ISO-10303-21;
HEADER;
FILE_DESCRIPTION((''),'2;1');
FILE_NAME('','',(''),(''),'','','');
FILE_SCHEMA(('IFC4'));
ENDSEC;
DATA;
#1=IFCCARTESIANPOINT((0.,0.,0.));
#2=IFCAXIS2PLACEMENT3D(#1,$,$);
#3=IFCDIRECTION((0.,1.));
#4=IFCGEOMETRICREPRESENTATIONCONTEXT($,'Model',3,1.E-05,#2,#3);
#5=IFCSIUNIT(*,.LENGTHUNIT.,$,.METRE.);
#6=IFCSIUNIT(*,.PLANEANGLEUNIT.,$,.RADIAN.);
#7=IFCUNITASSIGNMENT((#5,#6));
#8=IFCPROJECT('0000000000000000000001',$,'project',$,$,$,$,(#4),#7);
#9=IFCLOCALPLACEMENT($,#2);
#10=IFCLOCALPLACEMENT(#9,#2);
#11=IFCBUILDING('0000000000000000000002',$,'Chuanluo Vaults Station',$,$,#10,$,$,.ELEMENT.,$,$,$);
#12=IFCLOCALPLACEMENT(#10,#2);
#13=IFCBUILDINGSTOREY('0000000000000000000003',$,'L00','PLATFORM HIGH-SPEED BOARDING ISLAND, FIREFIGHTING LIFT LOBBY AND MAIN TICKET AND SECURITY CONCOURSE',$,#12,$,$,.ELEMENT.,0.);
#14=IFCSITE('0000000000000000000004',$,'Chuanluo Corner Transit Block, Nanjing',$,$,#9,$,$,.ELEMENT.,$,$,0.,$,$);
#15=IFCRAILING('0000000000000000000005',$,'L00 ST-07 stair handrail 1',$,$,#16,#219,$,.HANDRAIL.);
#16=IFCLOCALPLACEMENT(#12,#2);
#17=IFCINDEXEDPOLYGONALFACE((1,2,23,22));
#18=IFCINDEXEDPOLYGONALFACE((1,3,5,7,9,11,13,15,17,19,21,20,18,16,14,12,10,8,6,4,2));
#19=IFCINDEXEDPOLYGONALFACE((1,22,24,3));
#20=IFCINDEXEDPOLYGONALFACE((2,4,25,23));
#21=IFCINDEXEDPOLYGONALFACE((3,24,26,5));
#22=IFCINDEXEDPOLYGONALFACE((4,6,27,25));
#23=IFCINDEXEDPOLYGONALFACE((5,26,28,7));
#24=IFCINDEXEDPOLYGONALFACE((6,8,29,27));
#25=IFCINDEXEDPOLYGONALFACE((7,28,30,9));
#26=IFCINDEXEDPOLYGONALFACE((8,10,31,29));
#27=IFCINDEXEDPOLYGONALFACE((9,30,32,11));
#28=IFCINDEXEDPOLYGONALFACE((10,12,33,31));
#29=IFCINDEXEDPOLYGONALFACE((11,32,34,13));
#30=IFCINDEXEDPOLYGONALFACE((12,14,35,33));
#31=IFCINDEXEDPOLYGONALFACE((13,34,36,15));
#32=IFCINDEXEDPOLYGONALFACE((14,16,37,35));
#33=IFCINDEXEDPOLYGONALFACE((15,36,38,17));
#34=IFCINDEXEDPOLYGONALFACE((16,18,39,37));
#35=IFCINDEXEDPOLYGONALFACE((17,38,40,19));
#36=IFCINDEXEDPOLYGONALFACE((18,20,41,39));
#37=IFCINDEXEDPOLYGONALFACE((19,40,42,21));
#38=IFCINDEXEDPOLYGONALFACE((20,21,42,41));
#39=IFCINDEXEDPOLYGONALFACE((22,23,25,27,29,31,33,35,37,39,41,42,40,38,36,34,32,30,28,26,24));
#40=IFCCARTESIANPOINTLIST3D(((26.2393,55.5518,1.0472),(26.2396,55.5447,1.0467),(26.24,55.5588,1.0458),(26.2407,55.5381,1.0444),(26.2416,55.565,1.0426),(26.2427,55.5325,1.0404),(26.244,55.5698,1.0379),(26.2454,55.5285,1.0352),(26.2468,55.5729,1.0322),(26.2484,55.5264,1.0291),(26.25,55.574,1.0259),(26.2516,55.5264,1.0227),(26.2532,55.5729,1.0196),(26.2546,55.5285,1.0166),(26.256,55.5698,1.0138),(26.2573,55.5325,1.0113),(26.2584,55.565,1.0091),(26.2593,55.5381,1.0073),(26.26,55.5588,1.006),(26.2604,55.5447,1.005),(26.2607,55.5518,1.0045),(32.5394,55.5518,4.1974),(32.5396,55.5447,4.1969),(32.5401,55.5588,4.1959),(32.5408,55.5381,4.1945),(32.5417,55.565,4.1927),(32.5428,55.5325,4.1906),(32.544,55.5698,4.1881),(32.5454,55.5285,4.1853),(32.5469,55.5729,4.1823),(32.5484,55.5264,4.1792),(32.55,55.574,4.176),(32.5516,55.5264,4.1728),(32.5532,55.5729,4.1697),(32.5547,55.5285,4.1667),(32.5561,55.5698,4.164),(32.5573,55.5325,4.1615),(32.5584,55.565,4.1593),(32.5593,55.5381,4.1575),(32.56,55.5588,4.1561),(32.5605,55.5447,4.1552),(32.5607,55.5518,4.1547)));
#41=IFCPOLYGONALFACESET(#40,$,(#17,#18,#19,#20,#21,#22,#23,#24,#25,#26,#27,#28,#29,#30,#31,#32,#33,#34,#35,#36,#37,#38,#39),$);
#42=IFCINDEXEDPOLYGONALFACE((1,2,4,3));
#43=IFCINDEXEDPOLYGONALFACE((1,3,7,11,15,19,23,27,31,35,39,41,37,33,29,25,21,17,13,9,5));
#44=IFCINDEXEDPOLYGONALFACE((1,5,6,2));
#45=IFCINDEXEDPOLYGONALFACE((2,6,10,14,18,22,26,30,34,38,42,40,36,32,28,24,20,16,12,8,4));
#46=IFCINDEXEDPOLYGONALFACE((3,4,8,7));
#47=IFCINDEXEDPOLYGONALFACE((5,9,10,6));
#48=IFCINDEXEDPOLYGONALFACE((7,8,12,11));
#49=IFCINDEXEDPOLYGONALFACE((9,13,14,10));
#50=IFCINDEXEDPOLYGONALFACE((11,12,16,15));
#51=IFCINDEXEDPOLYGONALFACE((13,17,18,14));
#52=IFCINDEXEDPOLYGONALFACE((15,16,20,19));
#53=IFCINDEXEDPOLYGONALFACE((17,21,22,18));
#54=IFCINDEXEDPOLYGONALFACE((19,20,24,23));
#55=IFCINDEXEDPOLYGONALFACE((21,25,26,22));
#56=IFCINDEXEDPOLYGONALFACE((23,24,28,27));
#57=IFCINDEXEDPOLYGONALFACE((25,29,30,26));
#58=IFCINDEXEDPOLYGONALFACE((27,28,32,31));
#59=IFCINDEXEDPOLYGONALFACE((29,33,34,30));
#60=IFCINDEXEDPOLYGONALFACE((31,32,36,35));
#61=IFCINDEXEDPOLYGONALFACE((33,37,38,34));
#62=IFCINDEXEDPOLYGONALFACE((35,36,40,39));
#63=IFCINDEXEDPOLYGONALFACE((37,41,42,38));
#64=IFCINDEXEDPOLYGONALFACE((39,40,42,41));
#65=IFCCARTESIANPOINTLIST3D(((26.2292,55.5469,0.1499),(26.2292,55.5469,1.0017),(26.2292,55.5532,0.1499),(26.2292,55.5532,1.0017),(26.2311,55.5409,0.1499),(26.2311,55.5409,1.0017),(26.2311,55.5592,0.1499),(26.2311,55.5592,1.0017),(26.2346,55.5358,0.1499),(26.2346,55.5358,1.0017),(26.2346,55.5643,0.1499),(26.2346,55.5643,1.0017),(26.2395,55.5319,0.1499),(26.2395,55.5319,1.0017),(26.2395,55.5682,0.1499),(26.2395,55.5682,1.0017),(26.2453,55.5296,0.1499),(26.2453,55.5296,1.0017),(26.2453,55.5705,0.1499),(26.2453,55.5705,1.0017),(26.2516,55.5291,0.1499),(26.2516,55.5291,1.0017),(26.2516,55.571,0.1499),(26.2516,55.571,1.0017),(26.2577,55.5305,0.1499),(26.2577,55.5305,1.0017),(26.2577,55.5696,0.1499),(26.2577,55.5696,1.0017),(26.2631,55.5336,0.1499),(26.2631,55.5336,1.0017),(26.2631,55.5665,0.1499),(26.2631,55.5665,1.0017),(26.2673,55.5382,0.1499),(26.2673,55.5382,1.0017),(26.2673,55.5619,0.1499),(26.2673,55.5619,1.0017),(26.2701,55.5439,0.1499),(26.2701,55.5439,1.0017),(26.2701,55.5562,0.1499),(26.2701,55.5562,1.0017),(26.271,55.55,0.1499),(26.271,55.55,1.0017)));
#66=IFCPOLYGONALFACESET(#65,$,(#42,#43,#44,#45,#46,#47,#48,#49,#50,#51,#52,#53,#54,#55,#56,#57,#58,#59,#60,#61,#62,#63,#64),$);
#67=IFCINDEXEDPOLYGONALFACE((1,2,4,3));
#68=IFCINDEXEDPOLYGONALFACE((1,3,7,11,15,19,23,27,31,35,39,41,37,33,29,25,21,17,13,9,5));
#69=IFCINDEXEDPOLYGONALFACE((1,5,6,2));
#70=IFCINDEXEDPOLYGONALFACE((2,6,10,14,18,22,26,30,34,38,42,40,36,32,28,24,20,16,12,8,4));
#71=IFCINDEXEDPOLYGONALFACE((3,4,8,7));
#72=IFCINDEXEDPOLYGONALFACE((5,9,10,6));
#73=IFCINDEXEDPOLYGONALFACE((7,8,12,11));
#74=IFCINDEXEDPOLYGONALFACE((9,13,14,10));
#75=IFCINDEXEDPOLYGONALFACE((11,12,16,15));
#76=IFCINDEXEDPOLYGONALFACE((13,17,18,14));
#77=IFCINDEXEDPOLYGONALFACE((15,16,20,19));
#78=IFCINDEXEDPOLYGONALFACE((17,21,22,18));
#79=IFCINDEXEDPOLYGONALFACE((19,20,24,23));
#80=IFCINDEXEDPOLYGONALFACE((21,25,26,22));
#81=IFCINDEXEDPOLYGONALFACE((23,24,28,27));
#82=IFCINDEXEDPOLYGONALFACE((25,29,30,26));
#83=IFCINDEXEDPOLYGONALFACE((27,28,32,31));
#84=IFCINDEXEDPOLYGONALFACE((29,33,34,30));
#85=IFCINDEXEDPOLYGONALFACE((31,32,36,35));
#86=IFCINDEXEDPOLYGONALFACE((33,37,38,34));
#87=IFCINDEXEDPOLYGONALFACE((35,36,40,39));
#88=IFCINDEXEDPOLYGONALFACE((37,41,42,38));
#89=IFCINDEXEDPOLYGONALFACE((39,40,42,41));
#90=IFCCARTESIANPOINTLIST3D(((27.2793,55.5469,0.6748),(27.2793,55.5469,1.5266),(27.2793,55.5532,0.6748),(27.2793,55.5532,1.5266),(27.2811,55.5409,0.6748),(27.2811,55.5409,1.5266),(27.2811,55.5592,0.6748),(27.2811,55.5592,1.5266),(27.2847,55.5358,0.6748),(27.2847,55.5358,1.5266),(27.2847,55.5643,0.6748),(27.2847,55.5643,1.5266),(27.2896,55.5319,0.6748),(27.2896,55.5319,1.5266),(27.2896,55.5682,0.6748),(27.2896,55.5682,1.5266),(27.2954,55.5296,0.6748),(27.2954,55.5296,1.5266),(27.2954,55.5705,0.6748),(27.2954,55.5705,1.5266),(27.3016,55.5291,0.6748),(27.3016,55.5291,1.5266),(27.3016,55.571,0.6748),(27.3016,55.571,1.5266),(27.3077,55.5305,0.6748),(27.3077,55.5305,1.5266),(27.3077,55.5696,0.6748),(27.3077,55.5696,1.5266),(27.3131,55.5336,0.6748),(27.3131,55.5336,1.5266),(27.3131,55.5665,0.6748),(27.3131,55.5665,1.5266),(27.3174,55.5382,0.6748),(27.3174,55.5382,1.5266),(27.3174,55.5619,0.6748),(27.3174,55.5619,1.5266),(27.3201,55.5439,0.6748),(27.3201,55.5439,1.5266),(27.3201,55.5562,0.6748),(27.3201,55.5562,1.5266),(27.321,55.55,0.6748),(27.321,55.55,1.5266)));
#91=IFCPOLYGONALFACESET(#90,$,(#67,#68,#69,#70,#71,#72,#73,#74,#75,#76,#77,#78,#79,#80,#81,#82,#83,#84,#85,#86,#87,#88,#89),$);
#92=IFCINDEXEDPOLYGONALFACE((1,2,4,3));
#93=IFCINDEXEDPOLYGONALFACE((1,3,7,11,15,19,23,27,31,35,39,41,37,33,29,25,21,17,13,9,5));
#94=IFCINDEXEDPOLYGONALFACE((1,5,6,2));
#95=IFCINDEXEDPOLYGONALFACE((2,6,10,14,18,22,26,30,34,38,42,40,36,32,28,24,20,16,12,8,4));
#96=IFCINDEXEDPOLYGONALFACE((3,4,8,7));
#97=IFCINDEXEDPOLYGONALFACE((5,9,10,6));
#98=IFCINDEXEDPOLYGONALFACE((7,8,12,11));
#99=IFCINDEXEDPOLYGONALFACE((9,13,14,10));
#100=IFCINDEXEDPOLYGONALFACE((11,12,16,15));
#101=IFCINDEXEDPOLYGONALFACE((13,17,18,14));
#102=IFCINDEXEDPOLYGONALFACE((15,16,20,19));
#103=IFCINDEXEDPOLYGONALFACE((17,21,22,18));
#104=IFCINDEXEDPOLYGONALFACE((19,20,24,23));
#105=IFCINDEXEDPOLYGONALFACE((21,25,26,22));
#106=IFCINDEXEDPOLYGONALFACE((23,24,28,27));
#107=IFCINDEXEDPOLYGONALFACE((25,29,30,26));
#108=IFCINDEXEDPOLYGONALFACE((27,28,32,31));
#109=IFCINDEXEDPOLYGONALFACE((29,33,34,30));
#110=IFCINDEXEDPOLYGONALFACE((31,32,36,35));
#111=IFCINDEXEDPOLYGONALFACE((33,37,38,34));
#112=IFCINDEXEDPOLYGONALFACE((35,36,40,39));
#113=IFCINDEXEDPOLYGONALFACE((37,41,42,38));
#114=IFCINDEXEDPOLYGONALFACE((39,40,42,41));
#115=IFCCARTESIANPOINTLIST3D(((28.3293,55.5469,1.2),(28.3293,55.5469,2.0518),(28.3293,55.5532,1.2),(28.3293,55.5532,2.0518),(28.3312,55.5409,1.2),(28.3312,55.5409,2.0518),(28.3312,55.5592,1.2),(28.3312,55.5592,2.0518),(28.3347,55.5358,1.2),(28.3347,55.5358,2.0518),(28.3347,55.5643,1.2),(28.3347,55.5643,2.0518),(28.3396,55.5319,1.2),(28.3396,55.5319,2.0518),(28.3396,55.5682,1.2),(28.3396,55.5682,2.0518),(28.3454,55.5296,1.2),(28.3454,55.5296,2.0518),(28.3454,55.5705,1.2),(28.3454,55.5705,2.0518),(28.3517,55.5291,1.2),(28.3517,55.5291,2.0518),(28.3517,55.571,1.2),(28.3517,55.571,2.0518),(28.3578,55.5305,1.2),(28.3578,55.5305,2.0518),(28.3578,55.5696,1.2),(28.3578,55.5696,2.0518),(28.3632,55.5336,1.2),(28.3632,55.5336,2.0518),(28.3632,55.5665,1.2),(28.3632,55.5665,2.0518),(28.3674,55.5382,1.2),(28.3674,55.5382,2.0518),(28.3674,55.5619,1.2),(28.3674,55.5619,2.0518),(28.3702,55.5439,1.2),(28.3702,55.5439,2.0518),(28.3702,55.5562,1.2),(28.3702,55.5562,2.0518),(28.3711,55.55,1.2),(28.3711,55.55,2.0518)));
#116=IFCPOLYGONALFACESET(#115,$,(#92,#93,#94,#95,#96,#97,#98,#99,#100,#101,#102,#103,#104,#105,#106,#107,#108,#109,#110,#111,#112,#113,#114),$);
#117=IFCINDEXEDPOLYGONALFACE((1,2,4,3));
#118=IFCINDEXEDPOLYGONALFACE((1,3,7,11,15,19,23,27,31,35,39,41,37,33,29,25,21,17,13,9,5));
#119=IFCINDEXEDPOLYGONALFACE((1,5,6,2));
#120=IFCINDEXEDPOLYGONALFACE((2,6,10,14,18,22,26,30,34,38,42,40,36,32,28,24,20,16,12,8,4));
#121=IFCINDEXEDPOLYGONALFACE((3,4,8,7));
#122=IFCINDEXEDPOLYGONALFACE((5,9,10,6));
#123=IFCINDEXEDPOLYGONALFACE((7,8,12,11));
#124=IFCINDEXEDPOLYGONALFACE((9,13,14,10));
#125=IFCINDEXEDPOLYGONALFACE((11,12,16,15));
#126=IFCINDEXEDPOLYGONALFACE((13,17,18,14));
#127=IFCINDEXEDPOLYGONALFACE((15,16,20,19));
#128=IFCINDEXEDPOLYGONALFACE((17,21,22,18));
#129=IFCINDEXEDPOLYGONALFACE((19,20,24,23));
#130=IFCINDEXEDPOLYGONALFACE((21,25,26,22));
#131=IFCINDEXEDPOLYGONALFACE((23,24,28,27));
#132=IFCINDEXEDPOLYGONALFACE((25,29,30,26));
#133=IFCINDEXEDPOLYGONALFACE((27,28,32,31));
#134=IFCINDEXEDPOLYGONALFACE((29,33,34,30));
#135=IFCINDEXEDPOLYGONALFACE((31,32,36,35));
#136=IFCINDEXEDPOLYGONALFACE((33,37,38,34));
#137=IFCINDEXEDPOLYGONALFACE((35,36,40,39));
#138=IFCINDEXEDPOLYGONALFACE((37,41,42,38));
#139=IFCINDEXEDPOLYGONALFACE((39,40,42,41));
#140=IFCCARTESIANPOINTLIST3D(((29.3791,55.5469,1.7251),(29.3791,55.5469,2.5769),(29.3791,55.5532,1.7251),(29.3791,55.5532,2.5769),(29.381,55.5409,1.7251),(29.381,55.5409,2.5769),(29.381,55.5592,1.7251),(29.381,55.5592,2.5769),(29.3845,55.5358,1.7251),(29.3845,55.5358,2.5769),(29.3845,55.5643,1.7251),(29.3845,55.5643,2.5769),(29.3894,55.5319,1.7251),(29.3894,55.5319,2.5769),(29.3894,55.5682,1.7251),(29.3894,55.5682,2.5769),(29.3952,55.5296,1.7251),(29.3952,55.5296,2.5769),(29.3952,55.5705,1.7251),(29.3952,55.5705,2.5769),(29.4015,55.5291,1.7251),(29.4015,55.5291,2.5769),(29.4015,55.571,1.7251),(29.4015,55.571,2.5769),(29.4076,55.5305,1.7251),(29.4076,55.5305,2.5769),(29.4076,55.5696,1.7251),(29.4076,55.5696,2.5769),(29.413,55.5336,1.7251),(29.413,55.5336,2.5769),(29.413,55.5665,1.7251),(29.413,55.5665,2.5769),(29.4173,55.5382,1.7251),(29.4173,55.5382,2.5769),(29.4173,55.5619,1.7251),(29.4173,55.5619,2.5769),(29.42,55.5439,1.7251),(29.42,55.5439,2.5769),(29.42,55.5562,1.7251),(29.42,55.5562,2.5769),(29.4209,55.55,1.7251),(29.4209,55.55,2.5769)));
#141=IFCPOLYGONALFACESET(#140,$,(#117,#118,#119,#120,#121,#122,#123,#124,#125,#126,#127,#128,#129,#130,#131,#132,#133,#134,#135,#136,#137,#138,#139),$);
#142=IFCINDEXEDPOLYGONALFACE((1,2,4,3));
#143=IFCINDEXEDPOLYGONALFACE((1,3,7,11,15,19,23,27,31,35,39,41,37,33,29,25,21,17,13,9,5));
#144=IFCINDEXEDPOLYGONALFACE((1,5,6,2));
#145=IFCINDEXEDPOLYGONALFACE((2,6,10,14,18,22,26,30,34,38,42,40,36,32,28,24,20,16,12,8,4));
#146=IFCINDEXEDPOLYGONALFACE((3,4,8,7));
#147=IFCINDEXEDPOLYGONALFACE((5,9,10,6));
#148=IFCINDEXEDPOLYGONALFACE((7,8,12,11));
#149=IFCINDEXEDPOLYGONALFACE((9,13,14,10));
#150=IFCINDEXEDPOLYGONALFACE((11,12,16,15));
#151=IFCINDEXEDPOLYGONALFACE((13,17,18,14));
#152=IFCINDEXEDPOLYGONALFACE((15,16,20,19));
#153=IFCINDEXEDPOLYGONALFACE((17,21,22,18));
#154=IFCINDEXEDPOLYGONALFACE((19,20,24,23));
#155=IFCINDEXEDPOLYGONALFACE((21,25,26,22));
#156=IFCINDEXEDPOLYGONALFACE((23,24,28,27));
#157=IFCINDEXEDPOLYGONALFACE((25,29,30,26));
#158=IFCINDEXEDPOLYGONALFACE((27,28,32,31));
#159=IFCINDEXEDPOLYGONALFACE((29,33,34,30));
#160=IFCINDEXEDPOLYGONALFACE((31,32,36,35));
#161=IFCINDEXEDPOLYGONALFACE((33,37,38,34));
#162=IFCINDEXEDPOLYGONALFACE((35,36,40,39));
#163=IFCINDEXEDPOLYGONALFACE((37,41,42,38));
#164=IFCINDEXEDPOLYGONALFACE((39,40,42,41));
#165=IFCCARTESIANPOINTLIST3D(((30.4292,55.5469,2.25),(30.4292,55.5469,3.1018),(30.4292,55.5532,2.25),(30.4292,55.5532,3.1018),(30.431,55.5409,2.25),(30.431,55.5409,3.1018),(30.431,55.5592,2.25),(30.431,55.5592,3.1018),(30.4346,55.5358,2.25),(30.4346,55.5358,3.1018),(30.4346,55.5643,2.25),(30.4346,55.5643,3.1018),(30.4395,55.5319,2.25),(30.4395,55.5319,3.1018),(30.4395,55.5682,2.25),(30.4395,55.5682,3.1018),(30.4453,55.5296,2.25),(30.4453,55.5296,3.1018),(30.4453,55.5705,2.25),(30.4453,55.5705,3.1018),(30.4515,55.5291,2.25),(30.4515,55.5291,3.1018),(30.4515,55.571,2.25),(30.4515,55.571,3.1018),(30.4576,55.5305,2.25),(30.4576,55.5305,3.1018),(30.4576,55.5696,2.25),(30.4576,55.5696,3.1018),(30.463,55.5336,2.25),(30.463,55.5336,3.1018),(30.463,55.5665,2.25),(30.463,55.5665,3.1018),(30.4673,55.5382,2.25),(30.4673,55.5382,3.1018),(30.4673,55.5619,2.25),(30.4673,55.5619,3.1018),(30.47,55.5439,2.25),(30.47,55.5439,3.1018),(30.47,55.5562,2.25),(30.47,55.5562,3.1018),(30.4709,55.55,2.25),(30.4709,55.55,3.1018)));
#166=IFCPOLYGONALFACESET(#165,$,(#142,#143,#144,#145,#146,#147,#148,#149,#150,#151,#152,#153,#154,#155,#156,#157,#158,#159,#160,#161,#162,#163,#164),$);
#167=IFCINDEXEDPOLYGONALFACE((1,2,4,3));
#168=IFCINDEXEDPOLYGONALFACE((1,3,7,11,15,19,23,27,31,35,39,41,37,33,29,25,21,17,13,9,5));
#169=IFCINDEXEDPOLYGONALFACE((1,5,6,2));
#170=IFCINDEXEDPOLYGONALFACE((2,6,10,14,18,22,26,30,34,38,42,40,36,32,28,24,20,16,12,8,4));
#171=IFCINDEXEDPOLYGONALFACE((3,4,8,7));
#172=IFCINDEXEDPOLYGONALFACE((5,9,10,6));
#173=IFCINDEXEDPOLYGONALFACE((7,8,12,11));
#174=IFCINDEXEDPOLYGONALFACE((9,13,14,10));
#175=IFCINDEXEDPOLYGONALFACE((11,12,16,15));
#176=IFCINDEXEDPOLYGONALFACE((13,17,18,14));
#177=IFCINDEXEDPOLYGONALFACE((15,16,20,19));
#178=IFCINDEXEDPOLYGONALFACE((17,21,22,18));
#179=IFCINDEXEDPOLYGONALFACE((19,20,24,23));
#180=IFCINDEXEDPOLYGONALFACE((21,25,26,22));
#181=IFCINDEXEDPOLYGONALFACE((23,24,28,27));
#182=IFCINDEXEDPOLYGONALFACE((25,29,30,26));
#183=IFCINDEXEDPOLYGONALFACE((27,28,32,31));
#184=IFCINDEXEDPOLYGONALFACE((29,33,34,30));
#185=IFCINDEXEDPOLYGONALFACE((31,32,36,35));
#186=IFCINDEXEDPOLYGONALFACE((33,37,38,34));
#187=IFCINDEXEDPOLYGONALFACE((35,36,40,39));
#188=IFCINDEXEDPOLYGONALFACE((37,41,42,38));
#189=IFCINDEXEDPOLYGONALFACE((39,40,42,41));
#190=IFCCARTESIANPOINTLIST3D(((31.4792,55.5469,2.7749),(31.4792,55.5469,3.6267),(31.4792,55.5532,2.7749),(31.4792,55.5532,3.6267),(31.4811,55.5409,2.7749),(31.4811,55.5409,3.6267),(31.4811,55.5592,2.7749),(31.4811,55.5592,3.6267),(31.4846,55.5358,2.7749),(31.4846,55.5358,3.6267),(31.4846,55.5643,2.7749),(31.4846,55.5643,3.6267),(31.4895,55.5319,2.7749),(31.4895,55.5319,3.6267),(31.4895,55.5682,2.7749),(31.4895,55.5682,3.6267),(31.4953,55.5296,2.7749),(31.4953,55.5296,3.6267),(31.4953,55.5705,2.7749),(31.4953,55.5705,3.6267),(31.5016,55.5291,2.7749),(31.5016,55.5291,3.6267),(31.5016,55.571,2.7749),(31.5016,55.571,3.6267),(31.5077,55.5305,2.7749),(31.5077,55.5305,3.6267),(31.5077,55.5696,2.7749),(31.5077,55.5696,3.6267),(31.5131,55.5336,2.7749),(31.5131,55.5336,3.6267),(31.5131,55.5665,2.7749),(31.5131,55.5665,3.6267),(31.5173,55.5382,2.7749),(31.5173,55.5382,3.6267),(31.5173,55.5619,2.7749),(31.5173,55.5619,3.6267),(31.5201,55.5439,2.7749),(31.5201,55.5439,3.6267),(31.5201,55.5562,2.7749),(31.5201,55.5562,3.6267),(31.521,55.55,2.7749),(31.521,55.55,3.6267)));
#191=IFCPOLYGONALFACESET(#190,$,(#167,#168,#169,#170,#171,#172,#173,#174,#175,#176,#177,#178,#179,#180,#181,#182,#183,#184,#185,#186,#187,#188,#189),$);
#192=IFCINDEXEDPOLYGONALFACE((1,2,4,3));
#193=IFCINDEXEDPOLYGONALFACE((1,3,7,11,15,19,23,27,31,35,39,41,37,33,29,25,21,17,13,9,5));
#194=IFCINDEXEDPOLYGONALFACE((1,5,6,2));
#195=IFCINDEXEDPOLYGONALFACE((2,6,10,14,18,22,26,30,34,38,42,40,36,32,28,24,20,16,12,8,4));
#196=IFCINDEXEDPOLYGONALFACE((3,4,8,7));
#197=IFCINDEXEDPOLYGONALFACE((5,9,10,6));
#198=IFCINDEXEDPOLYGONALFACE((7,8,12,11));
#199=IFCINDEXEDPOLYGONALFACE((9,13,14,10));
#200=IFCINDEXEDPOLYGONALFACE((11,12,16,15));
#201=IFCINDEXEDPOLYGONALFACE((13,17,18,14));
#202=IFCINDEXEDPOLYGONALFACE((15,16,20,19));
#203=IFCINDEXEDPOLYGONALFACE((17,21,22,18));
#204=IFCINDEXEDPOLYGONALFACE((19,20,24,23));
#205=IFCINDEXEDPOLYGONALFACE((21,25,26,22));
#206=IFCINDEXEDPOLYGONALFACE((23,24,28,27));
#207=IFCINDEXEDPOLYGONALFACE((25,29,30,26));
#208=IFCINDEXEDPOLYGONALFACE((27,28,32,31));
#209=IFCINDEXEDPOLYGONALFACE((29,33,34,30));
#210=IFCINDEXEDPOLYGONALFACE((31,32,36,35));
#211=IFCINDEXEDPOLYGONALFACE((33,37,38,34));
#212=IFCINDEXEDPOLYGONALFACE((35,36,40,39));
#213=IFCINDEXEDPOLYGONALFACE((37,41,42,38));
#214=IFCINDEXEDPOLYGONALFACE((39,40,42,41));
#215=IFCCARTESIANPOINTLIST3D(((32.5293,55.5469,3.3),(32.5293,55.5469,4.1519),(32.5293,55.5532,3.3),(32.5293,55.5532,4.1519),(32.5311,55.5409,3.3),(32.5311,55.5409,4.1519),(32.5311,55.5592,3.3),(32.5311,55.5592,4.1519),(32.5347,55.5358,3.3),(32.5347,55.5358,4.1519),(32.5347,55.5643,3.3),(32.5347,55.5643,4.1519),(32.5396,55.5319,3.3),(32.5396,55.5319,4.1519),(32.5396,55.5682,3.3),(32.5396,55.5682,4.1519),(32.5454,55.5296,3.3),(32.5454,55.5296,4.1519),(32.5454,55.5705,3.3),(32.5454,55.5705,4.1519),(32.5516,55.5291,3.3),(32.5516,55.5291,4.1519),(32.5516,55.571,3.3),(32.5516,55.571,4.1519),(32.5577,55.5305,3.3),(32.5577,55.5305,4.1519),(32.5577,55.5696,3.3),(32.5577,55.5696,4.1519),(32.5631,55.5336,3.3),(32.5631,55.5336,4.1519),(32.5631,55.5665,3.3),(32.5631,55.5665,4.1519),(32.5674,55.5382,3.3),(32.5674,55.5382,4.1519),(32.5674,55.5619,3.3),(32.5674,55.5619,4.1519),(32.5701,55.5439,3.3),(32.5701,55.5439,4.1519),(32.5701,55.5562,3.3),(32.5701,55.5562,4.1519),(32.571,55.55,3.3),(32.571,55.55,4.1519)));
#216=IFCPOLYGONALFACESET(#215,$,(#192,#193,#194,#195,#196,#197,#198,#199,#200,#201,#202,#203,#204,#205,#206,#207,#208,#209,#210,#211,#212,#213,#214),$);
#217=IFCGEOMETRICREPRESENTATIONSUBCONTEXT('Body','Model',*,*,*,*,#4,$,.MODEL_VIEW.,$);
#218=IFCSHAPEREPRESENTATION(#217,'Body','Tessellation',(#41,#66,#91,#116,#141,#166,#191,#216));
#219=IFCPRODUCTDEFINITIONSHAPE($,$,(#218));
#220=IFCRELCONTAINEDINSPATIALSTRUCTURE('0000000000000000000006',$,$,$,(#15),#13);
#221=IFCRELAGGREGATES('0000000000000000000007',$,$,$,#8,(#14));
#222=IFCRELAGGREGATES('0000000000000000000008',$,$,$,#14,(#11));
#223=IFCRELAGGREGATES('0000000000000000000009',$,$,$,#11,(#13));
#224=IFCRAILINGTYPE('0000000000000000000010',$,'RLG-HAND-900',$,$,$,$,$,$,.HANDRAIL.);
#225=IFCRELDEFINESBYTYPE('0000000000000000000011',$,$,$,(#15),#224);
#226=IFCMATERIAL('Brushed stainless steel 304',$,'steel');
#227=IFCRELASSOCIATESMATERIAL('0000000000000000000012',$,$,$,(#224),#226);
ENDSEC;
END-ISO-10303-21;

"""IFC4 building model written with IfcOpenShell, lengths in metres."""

from ifc_helpers import new_model, si_unit, direction, frame, origin, origin_2d, place, context, subcontext, project, spatial, circle, extrude, material, type_object, element, save


model = new_model("IFC4")

# Units and contexts
model_context = context("Model", 3, precision=1e-05, world=origin(), true_north=direction((0.0, 1.0)))
body_context = subcontext(model_context, "Body", "Model", "MODEL_VIEW")
ifc_project = project(units=[si_unit("LENGTHUNIT", "METRE"), si_unit("PLANEANGLEUNIT", "RADIAN")], contexts=[model_context])

# Site, building, storey
site_placement = place(None, origin())
site = spatial("IfcSite", under=ifc_project, at=site_placement, Name="Chuanluo Corner Transit Block, Nanjing", CompositionType="ELEMENT", RefElevation=0.0)
building_placement = place(site_placement, origin())
building = spatial("IfcBuilding", under=site, at=building_placement, Name="Chuanluo Vaults Station", CompositionType="ELEMENT")
storey_placement = place(building_placement, origin())
storey = spatial("IfcBuildingStorey", under=building, at=storey_placement, Name="L00", Description="PLATFORM HIGH-SPEED BOARDING ISLAND, FIREFIGHTING LIFT LOBBY AND MAIN TICKET AND SECURITY CONCOURSE", CompositionType="ELEMENT", Elevation=0.0)

# Railing
ifc_material_1 = material(Name="Brushed stainless steel 304", Category="steel")
railing_type_1 = type_object("IfcRailingType", Name="RLG-HAND-900", PredefinedType="HANDRAIL", material=ifc_material_1)
railing_1_placement = place(storey_placement, frame((26.25, 55.55, 0.1499)))
element("IfcRailing", 1, at=railing_1_placement, inside=storey, type_object=railing_type_1, Name="L00 ST-07 stair handrail 1", PredefinedType="HANDRAIL", context=body_context, shape_type="SweptSolid", body=[
    extrude(circle(Radius=0.0239, at=origin_2d()), frame((0.0, 0.0, 0.876), z_axis=(0.89442, 0.0, 0.447227), x_axis=(0.0, 1.0, 0.0)), (0.0, 0.0, 1.0), 7.0437),
    extrude(circle(Radius=0.021, at=origin_2d()), origin(), (0.0, 0.0, 1.0), 0.8518),
    extrude(circle(Radius=0.021, at=origin_2d()), frame((1.05, 0.0, 0.5249)), (0.0, 0.0, 1.0), 0.8518),
    extrude(circle(Radius=0.021, at=origin_2d()), frame((2.1001, 0.0, 1.05)), (0.0, 0.0, 1.0), 0.8518),
    extrude(circle(Radius=0.021, at=origin_2d()), frame((3.1499, 0.0, 1.5752)), (0.0, 0.0, 1.0), 0.8518),
    extrude(circle(Radius=0.021, at=origin_2d()), frame((4.2, 0.0, 2.1001)), (0.0, 0.0, 1.0), 0.8518),
    extrude(circle(Radius=0.021, at=origin_2d()), frame((5.25, 0.0, 2.625)), (0.0, 0.0, 1.0), 0.8518),
    extrude(circle(Radius=0.021, at=origin_2d()), frame((6.3, 0.0, 3.1501)), (0.0, 0.0, 1.0), 0.8518),
])

save(model, "model.ifc")
